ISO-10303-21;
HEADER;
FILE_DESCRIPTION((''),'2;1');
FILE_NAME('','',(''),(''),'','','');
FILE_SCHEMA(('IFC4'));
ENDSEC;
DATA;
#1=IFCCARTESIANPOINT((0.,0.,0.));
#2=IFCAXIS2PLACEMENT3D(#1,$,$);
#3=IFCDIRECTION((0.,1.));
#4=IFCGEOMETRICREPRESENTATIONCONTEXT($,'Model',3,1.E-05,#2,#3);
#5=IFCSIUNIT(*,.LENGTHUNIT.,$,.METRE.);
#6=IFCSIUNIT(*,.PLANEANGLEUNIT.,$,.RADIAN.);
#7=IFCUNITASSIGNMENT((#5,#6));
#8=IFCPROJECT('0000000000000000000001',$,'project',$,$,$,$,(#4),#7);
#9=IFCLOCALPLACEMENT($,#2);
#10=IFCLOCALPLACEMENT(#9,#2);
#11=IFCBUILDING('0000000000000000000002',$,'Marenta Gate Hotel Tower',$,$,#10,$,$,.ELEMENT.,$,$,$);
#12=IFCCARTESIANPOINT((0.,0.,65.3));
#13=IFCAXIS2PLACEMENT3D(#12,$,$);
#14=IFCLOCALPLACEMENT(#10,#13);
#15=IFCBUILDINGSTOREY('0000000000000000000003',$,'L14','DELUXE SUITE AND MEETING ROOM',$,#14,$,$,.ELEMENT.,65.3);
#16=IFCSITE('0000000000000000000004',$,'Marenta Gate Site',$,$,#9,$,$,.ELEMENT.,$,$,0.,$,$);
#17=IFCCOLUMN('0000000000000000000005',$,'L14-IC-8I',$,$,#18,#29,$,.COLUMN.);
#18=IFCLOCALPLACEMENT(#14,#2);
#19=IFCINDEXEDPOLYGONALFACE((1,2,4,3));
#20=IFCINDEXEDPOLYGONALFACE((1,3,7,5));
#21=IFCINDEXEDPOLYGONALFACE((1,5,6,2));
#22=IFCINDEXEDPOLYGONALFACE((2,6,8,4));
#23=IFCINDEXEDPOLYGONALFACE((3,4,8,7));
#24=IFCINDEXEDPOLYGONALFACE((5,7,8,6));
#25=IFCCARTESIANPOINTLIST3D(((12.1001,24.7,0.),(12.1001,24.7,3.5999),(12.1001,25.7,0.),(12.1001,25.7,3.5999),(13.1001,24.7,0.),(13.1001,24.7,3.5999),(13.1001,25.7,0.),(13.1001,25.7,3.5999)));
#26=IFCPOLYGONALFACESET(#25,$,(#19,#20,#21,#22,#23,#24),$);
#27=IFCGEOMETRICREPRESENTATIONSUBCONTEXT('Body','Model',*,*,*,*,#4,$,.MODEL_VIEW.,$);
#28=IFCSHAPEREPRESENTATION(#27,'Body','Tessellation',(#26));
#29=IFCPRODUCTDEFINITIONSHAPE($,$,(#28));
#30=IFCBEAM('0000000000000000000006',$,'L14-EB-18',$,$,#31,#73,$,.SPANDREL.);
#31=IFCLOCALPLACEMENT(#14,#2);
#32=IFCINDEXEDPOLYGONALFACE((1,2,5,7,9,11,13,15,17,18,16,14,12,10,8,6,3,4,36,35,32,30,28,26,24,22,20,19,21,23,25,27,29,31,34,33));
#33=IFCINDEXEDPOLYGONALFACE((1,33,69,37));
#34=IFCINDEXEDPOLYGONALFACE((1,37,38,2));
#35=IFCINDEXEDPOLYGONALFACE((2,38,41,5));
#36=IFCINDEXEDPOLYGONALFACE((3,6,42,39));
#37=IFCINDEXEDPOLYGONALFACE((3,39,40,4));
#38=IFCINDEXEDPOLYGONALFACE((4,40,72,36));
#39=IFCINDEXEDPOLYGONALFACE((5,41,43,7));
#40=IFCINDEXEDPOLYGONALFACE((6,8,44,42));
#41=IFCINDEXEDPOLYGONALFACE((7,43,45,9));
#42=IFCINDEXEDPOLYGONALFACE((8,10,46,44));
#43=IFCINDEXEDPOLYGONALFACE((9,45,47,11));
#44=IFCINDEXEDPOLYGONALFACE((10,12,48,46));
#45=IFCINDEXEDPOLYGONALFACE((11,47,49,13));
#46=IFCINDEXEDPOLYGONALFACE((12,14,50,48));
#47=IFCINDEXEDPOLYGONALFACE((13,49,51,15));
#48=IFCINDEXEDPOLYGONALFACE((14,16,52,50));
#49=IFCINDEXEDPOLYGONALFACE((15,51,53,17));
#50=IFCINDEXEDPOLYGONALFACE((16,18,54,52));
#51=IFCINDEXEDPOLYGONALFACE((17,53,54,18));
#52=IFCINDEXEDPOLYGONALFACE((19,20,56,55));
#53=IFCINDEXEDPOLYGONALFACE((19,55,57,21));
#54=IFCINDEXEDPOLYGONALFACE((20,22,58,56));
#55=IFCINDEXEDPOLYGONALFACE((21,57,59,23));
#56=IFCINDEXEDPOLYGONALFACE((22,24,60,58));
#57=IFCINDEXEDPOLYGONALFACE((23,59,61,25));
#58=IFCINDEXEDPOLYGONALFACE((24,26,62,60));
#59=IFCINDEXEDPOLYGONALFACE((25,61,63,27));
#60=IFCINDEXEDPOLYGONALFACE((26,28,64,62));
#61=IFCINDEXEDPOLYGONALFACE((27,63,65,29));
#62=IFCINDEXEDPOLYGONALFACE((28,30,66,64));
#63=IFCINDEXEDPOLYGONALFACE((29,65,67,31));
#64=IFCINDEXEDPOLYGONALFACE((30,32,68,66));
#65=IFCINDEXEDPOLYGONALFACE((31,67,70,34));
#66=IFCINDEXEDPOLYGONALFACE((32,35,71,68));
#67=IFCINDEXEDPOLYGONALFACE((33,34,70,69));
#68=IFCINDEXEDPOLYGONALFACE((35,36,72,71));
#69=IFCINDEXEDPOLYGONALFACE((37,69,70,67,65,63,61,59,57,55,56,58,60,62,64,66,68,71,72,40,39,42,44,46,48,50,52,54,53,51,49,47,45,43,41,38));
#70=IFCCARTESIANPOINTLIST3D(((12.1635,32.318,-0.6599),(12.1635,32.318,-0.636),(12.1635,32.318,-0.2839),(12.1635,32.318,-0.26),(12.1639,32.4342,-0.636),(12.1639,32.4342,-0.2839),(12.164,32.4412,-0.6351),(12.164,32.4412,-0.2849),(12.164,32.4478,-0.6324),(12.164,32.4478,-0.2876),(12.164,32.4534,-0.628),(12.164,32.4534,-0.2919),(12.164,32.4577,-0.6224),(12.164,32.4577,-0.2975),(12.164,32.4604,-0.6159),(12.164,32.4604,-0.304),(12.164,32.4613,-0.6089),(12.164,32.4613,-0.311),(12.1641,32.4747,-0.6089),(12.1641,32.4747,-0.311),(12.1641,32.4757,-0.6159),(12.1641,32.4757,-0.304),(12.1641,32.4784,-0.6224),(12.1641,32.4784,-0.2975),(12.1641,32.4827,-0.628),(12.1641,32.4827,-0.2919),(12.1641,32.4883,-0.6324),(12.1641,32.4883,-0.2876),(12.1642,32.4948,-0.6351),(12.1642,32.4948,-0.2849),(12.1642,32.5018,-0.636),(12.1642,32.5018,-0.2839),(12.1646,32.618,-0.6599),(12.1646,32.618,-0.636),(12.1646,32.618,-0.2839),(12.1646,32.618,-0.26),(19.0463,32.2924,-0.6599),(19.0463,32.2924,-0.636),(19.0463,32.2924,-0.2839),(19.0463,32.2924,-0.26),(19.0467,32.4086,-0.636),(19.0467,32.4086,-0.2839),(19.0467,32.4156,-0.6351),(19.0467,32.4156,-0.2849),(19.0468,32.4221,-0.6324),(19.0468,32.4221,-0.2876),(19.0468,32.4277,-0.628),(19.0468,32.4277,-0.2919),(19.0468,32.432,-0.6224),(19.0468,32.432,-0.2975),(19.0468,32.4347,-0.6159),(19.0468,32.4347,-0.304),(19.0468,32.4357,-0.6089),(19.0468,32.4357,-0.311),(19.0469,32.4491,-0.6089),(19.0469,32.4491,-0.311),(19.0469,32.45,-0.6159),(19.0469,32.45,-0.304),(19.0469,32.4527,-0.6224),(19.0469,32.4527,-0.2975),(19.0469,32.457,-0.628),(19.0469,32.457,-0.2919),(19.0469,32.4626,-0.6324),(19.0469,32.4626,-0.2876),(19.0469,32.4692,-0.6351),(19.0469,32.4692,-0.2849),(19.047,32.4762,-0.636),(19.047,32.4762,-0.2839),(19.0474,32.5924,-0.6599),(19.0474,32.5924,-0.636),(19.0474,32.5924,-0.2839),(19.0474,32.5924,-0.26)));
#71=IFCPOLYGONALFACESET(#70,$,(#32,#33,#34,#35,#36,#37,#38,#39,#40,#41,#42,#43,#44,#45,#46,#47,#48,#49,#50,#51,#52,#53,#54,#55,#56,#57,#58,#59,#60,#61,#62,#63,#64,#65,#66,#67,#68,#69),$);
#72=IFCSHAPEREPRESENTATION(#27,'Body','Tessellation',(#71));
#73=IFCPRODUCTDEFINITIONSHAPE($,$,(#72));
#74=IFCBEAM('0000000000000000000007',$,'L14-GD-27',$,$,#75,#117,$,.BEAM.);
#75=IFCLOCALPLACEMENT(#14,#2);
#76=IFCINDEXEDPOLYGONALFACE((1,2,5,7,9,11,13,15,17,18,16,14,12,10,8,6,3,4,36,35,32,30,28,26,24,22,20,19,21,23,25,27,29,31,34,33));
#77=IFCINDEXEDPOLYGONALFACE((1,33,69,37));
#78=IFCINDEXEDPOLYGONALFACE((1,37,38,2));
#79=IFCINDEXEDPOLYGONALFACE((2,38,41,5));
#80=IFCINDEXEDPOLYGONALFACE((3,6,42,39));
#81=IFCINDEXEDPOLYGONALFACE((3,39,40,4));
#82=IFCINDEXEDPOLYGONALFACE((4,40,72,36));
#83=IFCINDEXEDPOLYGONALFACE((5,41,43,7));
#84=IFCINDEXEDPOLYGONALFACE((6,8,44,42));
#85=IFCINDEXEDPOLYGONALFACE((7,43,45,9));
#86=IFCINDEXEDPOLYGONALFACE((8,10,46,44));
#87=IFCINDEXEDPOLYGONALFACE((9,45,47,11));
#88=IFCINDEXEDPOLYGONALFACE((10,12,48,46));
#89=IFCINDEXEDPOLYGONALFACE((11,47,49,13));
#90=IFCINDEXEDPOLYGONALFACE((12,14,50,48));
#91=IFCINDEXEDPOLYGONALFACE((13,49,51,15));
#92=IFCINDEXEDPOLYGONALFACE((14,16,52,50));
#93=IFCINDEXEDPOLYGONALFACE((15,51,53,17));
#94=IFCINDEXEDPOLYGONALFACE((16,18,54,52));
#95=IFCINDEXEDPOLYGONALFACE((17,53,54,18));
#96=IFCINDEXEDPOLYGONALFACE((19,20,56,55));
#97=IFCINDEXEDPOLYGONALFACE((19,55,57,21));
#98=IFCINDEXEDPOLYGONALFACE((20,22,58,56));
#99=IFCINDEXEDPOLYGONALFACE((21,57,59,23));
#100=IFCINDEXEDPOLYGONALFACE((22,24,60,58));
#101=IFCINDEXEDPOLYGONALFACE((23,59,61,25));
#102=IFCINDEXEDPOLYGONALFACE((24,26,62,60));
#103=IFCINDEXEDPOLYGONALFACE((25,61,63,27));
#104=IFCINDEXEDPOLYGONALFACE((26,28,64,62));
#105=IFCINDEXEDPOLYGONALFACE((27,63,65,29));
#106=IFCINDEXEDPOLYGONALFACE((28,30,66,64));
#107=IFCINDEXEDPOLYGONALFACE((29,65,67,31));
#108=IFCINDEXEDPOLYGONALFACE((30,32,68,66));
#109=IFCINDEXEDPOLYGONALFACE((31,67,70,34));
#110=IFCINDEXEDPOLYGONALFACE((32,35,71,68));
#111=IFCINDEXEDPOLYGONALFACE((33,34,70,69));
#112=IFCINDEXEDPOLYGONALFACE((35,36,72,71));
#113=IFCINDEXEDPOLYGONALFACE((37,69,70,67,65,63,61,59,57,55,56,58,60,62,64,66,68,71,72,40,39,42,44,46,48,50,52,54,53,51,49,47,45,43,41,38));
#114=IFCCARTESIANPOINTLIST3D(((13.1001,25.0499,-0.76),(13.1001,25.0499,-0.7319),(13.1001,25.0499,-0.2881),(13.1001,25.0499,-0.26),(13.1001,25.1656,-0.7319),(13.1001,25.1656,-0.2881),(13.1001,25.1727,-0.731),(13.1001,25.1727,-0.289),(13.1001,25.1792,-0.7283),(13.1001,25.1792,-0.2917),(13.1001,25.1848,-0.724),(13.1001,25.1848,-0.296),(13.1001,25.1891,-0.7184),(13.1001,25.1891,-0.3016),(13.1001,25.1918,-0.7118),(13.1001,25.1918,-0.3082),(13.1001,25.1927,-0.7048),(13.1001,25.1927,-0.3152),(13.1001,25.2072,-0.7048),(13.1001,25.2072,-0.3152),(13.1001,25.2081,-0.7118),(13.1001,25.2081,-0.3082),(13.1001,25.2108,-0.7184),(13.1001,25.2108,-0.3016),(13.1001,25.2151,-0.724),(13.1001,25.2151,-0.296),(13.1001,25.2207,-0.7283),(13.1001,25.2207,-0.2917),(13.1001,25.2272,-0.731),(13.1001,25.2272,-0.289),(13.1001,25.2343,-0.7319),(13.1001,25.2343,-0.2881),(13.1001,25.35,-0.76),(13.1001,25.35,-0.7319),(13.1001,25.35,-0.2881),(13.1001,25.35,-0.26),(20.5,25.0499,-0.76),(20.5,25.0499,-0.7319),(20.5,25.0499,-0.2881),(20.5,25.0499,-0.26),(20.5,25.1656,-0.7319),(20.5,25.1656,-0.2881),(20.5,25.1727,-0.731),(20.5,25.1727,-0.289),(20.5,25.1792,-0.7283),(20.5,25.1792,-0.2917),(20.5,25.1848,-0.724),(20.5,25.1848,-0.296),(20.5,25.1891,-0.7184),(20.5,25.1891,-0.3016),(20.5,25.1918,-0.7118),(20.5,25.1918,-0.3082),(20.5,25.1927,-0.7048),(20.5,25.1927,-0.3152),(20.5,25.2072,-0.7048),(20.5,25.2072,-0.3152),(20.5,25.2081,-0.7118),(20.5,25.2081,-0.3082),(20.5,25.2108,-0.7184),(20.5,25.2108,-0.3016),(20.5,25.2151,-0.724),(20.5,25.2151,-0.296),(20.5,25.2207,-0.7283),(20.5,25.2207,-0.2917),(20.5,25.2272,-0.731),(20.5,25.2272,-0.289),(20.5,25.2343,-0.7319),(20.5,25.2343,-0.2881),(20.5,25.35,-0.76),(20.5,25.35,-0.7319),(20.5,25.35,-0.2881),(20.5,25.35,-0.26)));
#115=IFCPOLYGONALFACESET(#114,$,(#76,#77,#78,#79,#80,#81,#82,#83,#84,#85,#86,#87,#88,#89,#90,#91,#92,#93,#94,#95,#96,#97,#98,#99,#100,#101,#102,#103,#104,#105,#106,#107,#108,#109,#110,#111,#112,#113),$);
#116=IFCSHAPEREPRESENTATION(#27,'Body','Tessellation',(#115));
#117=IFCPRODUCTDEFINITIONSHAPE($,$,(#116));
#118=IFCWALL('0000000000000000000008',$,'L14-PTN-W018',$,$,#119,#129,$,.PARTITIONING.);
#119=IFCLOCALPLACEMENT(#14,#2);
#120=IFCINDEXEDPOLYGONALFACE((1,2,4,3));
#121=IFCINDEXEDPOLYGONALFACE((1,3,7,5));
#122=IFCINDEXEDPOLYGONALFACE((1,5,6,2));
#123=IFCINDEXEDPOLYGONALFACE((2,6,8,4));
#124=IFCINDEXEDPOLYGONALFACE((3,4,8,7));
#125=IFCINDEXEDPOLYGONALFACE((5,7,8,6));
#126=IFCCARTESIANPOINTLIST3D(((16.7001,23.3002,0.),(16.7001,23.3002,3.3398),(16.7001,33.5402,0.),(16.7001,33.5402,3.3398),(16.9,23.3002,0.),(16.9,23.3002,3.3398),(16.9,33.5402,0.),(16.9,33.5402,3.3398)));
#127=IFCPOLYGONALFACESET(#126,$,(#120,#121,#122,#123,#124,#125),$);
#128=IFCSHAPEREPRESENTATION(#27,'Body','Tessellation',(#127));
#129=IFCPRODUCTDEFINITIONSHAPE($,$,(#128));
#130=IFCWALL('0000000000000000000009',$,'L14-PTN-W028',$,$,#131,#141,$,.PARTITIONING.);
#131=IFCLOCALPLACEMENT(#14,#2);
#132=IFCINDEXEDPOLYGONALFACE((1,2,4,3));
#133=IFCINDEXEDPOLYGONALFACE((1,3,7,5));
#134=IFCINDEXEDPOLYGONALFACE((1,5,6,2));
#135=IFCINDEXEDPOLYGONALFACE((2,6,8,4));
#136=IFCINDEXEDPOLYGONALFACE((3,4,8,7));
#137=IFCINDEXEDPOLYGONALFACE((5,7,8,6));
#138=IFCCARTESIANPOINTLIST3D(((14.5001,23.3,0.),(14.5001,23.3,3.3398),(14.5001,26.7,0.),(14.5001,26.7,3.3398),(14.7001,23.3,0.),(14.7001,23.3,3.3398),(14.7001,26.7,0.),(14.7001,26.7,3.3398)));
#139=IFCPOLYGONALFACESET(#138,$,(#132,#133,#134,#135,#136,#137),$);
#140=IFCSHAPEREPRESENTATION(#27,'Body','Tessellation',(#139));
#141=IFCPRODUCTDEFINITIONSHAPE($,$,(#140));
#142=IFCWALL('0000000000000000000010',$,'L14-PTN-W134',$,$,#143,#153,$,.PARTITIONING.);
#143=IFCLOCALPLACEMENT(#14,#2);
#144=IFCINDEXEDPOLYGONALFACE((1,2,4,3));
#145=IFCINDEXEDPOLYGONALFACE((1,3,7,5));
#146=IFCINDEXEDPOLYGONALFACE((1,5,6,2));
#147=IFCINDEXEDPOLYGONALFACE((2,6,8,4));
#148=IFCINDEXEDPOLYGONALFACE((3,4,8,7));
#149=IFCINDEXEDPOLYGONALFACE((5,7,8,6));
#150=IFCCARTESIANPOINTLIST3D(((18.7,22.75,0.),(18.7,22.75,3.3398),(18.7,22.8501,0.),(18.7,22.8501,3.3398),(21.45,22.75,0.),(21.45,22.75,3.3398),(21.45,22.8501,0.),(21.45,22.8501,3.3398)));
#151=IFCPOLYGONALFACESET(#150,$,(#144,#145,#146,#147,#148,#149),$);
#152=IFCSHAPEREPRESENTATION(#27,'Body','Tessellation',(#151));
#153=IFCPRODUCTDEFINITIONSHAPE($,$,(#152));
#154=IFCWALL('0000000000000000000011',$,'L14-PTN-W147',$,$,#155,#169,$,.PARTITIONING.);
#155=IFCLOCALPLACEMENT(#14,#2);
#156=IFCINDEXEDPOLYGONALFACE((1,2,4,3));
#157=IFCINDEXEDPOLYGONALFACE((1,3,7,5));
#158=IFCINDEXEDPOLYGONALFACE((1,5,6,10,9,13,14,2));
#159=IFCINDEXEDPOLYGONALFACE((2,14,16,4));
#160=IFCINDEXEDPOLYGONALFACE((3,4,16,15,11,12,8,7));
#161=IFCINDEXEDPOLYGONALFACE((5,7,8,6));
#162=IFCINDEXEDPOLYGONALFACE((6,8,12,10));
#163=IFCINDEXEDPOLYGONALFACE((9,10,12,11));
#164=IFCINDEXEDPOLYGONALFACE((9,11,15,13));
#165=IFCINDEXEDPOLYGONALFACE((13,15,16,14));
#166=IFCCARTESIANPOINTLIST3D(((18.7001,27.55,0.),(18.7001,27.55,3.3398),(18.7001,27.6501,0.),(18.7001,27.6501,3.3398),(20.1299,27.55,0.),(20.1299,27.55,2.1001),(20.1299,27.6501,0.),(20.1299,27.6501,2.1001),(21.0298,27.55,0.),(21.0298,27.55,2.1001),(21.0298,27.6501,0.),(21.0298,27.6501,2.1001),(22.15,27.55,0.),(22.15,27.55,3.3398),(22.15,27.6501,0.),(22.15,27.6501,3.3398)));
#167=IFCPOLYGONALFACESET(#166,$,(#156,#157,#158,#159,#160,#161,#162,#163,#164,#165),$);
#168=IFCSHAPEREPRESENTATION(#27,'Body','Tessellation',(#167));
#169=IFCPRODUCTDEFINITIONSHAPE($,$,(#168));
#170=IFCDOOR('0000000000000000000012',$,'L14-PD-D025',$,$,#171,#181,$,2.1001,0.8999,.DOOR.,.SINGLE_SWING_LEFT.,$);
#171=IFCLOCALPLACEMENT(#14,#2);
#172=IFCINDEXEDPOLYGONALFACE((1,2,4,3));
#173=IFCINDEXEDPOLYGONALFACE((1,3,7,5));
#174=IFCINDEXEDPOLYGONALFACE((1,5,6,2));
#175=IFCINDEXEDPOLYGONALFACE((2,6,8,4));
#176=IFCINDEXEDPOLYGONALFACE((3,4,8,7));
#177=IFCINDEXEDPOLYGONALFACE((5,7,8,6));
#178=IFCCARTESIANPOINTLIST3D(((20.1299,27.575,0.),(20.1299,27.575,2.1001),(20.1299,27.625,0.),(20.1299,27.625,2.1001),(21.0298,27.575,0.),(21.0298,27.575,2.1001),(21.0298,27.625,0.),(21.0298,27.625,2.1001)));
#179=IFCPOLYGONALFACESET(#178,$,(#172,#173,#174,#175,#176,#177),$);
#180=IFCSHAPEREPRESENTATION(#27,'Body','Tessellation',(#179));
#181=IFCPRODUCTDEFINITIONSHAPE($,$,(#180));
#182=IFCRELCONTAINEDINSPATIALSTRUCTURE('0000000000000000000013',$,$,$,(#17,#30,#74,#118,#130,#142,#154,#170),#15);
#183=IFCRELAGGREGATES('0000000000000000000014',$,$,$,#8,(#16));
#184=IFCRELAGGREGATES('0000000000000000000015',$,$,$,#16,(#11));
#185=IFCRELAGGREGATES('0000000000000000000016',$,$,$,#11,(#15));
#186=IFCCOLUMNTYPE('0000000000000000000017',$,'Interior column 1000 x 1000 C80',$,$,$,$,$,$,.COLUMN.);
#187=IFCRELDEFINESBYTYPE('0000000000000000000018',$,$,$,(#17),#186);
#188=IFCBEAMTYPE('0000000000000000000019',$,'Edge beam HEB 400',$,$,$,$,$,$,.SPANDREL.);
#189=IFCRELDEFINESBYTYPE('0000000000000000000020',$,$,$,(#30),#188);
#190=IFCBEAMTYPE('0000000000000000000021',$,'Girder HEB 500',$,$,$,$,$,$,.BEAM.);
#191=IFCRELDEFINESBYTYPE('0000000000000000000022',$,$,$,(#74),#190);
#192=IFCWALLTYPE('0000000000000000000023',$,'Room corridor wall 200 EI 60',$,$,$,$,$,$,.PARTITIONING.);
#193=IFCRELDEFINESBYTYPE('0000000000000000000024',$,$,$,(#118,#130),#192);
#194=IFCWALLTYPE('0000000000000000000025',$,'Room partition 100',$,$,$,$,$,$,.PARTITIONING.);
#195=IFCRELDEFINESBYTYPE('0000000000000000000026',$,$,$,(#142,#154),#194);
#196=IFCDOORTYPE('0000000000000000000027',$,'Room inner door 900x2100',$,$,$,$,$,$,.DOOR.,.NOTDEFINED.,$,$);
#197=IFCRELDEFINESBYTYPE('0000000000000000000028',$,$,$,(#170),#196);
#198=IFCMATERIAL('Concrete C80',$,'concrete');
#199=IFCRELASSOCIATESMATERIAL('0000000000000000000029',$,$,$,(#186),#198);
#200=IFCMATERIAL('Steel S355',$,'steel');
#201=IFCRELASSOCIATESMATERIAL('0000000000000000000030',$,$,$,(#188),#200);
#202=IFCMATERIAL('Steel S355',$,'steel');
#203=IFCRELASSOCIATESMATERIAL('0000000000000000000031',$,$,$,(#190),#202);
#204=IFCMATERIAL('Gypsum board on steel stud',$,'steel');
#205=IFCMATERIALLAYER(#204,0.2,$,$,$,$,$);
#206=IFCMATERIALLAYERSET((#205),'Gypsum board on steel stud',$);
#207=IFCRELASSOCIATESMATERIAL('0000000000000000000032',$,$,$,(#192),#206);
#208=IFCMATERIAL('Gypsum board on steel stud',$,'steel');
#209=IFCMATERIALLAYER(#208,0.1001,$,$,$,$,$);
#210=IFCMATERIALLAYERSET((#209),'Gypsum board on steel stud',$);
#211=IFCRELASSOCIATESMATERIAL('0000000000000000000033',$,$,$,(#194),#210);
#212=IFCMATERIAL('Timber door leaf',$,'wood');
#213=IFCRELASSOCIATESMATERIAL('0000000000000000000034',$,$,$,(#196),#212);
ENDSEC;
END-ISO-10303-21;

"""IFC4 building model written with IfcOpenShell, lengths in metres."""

from ifc_helpers import new_model, si_unit, direction, frame, frame_2d, origin, origin_2d, place, context, subcontext, project, spatial, rectangle, i_section, extrude, material, layer, layer_set, material_profile, profile_set, type_object, element, fill, save


model = new_model("IFC4")

# Units and contexts
model_context = context("Model", 3, precision=1e-05, world=origin(), true_north=direction((0.0, 1.0)))
body_context = subcontext(model_context, "Body", "Model", "MODEL_VIEW")
ifc_project = project(units=[si_unit("LENGTHUNIT", "METRE"), si_unit("PLANEANGLEUNIT", "RADIAN")], contexts=[model_context])

# Site, building, storey
site_placement = place(None, origin())
site = spatial("IfcSite", under=ifc_project, at=site_placement, Name="Marenta Gate Site", CompositionType="ELEMENT", RefElevation=0.0)
building_placement = place(site_placement, origin())
building = spatial("IfcBuilding", under=site, at=building_placement, Name="Marenta Gate Hotel Tower", CompositionType="ELEMENT")
storey_placement = place(building_placement, frame((0.0, 0.0, 65.3)))
storey = spatial("IfcBuildingStorey", under=building, at=storey_placement, Name="L14", Description="DELUXE SUITE AND MEETING ROOM", CompositionType="ELEMENT", Elevation=65.3)

# Column
ifc_material_1 = material(Name="Concrete C80", Category="concrete")
ifc_material_profile_1 = material_profile(ifc_material_1, rectangle(XDim=1.0, YDim=1.0, at=origin_2d()), Name="1000 x 1000")
ifc_profile_set_1 = profile_set([ifc_material_profile_1], Name="Concrete C80")
column_type = type_object("IfcColumnType", Name="Interior column 1000 x 1000 C80", PredefinedType="COLUMN", material=ifc_profile_set_1)
column_placement = place(storey_placement, frame((12.6001, 25.2, 0.0), z_axis=(0.0, 0.0, 1.0), x_axis=(1.0, 0.0, 0.0)))
element("IfcColumn", 1, at=column_placement, inside=storey, type_object=column_type, Name="L14-IC-8I", PredefinedType="COLUMN", context=body_context, shape_type="SweptSolid", body=[
    extrude(rectangle(XDim=1.0, YDim=1.0, at=origin_2d()), origin(), (0.0, 0.0, 1.0), 3.5999),
])

# Beams
ifc_material_2 = material(Name="Steel S355", Category="steel")
ifc_material_profile_2 = material_profile(ifc_material_2, i_section(OverallWidth=0.3, OverallDepth=0.3999, WebThickness=0.0134, FlangeThickness=0.0239, FilletRadius=0.0271, at=origin_2d()), Name="HEB 400")
ifc_profile_set_2 = profile_set([ifc_material_profile_2], Name="Steel S355")
beam_type_1 = type_object("IfcBeamType", Name="Edge beam HEB 400", PredefinedType="SPANDREL", material=ifc_profile_set_2)
beam_1_placement = place(storey_placement, frame((12.1641, 32.468, -0.46), z_axis=(0.999993, -0.003724, 0.0), x_axis=(0.003724, 0.999993, 0.0)))
element("IfcBeam", 2, at=beam_1_placement, inside=storey, type_object=beam_type_1, Name="L14-EB-18", PredefinedType="SPANDREL", context=body_context, shape_type="SweptSolid", body=[
    extrude(i_section(OverallWidth=0.3, OverallDepth=0.3999, WebThickness=0.0134, FlangeThickness=0.0239, FilletRadius=0.0271, at=origin_2d()), origin(), (0.0, 0.0, 1.0), 6.8828),
])
ifc_material_3 = material(Name="Steel S355", Category="steel")
ifc_material_profile_3 = material_profile(ifc_material_3, i_section(OverallWidth=0.3, OverallDepth=0.5, WebThickness=0.0144, FlangeThickness=0.0281, FilletRadius=0.0271, at=origin_2d()), Name="HEB 500")
ifc_profile_set_3 = profile_set([ifc_material_profile_3], Name="Steel S355")
beam_type_2 = type_object("IfcBeamType", Name="Girder HEB 500", PredefinedType="BEAM", material=ifc_profile_set_3)
beam_2_placement = place(storey_placement, frame((13.1001, 25.2, -0.51), z_axis=(1.0, 0.0, 0.0), x_axis=(0.0, 1.0, 0.0)))
element("IfcBeam", 3, at=beam_2_placement, inside=storey, type_object=beam_type_2, Name="L14-GD-27", PredefinedType="BEAM", context=body_context, shape_type="SweptSolid", body=[
    extrude(i_section(OverallWidth=0.3, OverallDepth=0.5, WebThickness=0.0144, FlangeThickness=0.0281, FilletRadius=0.0271, at=origin_2d()), origin(), (0.0, 0.0, 1.0), 7.3999),
])

# Walls
ifc_material_4 = material(Name="Gypsum board on steel stud", Category="steel")
ifc_layer_1 = layer(ifc_material_4, 0.2)
ifc_layer_set_1 = layer_set([ifc_layer_1], Name="Gypsum board on steel stud")
wall_type_1 = type_object("IfcWallType", Name="Room corridor wall 200 EI 60", PredefinedType="PARTITIONING", material=ifc_layer_set_1)
wall_1_placement = place(storey_placement, frame((16.8, 23.3, 0.0), z_axis=(0.0, 0.0, 1.0), x_axis=(0.0, 1.0, 0.0)))
element("IfcWall", 4, at=wall_1_placement, inside=storey, type_object=wall_type_1, Name="L14-PTN-W018", PredefinedType="PARTITIONING", context=body_context, shape_type="SweptSolid", body=[
    extrude(rectangle(XDim=10.24, YDim=0.2, at=frame_2d((5.1201, 0.0))), origin(), (0.0, 0.0, 1.0), 3.3398),
])
wall_2_placement = place(storey_placement, frame((14.6001, 23.3, 0.0), z_axis=(0.0, 0.0, 1.0), x_axis=(0.0, 1.0, 0.0)))
element("IfcWall", 5, at=wall_2_placement, inside=storey, type_object=wall_type_1, Name="L14-PTN-W028", PredefinedType="PARTITIONING", context=body_context, shape_type="SweptSolid", body=[
    extrude(rectangle(XDim=3.3999, YDim=0.2, at=frame_2d((1.7, 0.0))), origin(), (0.0, 0.0, 1.0), 3.3398),
])

# Wall
ifc_material_5 = material(Name="Gypsum board on steel stud", Category="steel")
ifc_layer_2 = layer(ifc_material_5, 0.1001)
ifc_layer_set_2 = layer_set([ifc_layer_2], Name="Gypsum board on steel stud")
wall_type_2 = type_object("IfcWallType", Name="Room partition 100", PredefinedType="PARTITIONING", material=ifc_layer_set_2)
wall_3_placement = place(storey_placement, frame((18.7, 22.8, 0.0), z_axis=(0.0, 0.0, 1.0), x_axis=(1.0, 0.0, 0.0)))
element("IfcWall", 6, at=wall_3_placement, inside=storey, type_object=wall_type_2, Name="L14-PTN-W134", PredefinedType="PARTITIONING", context=body_context, shape_type="SweptSolid", body=[
    extrude(rectangle(XDim=2.75, YDim=0.1001, at=frame_2d((1.375, 0.0))), origin(), (0.0, 0.0, 1.0), 3.3398),
])

# Wall, opening, door
wall_4_placement = place(storey_placement, frame((18.7, 27.6001, 0.0), z_axis=(0.0, 0.0, 1.0), x_axis=(1.0, 0.0, 0.0)))
wall_4 = element("IfcWall", 7, at=wall_4_placement, inside=storey, type_object=wall_type_2, Name="L14-PTN-W147", PredefinedType="PARTITIONING", context=body_context, shape_type="SweptSolid", body=[
    extrude(rectangle(XDim=3.45, YDim=0.1001, at=frame_2d((1.7251, 0.0))), origin(), (0.0, 0.0, 1.0), 3.3398),
])
opening_1_placement = place(wall_4_placement, frame((1.4299, 0.0, 0.0)))
opening_1 = element("IfcOpeningElement", 8, at=opening_1_placement, cuts=wall_4, PredefinedType="OPENING", context=body_context, shape_type="SweptSolid", body=[
    extrude(rectangle(XDim=0.8999, YDim=2.1001, at=frame_2d((0.45, 1.05))), frame((0.0, 0.05, 0.0), z_axis=(0.0, -1.0, 0.0), x_axis=(1.0, 0.0, 0.0)), (0.0, 0.0, 1.0), 0.1001),
])
ifc_material_6 = material(Name="Timber door leaf", Category="wood")
door_type_1 = type_object("IfcDoorType", Name="Room inner door 900x2100", OperationType="NOTDEFINED", PredefinedType="DOOR", material=ifc_material_6)
door_1_placement = place(opening_1_placement, origin())
door_1 = element("IfcDoor", 9, at=door_1_placement, inside=storey, type_object=door_type_1, Name="L14-PD-D025", OperationType="SINGLE_SWING_LEFT", OverallHeight=2.1001, OverallWidth=0.8999, PredefinedType="DOOR", context=body_context, shape_type="SweptSolid", body=[
    extrude(rectangle(XDim=0.8999, YDim=2.1001, at=frame_2d((0.45, 1.05))), frame((0.0, 0.0249, 0.0), z_axis=(0.0, -1.0, 0.0), x_axis=(1.0, 0.0, 0.0)), (0.0, 0.0, 1.0), 0.05),
])
fill(opening_1, door_1)

save(model, "model.ifc")
